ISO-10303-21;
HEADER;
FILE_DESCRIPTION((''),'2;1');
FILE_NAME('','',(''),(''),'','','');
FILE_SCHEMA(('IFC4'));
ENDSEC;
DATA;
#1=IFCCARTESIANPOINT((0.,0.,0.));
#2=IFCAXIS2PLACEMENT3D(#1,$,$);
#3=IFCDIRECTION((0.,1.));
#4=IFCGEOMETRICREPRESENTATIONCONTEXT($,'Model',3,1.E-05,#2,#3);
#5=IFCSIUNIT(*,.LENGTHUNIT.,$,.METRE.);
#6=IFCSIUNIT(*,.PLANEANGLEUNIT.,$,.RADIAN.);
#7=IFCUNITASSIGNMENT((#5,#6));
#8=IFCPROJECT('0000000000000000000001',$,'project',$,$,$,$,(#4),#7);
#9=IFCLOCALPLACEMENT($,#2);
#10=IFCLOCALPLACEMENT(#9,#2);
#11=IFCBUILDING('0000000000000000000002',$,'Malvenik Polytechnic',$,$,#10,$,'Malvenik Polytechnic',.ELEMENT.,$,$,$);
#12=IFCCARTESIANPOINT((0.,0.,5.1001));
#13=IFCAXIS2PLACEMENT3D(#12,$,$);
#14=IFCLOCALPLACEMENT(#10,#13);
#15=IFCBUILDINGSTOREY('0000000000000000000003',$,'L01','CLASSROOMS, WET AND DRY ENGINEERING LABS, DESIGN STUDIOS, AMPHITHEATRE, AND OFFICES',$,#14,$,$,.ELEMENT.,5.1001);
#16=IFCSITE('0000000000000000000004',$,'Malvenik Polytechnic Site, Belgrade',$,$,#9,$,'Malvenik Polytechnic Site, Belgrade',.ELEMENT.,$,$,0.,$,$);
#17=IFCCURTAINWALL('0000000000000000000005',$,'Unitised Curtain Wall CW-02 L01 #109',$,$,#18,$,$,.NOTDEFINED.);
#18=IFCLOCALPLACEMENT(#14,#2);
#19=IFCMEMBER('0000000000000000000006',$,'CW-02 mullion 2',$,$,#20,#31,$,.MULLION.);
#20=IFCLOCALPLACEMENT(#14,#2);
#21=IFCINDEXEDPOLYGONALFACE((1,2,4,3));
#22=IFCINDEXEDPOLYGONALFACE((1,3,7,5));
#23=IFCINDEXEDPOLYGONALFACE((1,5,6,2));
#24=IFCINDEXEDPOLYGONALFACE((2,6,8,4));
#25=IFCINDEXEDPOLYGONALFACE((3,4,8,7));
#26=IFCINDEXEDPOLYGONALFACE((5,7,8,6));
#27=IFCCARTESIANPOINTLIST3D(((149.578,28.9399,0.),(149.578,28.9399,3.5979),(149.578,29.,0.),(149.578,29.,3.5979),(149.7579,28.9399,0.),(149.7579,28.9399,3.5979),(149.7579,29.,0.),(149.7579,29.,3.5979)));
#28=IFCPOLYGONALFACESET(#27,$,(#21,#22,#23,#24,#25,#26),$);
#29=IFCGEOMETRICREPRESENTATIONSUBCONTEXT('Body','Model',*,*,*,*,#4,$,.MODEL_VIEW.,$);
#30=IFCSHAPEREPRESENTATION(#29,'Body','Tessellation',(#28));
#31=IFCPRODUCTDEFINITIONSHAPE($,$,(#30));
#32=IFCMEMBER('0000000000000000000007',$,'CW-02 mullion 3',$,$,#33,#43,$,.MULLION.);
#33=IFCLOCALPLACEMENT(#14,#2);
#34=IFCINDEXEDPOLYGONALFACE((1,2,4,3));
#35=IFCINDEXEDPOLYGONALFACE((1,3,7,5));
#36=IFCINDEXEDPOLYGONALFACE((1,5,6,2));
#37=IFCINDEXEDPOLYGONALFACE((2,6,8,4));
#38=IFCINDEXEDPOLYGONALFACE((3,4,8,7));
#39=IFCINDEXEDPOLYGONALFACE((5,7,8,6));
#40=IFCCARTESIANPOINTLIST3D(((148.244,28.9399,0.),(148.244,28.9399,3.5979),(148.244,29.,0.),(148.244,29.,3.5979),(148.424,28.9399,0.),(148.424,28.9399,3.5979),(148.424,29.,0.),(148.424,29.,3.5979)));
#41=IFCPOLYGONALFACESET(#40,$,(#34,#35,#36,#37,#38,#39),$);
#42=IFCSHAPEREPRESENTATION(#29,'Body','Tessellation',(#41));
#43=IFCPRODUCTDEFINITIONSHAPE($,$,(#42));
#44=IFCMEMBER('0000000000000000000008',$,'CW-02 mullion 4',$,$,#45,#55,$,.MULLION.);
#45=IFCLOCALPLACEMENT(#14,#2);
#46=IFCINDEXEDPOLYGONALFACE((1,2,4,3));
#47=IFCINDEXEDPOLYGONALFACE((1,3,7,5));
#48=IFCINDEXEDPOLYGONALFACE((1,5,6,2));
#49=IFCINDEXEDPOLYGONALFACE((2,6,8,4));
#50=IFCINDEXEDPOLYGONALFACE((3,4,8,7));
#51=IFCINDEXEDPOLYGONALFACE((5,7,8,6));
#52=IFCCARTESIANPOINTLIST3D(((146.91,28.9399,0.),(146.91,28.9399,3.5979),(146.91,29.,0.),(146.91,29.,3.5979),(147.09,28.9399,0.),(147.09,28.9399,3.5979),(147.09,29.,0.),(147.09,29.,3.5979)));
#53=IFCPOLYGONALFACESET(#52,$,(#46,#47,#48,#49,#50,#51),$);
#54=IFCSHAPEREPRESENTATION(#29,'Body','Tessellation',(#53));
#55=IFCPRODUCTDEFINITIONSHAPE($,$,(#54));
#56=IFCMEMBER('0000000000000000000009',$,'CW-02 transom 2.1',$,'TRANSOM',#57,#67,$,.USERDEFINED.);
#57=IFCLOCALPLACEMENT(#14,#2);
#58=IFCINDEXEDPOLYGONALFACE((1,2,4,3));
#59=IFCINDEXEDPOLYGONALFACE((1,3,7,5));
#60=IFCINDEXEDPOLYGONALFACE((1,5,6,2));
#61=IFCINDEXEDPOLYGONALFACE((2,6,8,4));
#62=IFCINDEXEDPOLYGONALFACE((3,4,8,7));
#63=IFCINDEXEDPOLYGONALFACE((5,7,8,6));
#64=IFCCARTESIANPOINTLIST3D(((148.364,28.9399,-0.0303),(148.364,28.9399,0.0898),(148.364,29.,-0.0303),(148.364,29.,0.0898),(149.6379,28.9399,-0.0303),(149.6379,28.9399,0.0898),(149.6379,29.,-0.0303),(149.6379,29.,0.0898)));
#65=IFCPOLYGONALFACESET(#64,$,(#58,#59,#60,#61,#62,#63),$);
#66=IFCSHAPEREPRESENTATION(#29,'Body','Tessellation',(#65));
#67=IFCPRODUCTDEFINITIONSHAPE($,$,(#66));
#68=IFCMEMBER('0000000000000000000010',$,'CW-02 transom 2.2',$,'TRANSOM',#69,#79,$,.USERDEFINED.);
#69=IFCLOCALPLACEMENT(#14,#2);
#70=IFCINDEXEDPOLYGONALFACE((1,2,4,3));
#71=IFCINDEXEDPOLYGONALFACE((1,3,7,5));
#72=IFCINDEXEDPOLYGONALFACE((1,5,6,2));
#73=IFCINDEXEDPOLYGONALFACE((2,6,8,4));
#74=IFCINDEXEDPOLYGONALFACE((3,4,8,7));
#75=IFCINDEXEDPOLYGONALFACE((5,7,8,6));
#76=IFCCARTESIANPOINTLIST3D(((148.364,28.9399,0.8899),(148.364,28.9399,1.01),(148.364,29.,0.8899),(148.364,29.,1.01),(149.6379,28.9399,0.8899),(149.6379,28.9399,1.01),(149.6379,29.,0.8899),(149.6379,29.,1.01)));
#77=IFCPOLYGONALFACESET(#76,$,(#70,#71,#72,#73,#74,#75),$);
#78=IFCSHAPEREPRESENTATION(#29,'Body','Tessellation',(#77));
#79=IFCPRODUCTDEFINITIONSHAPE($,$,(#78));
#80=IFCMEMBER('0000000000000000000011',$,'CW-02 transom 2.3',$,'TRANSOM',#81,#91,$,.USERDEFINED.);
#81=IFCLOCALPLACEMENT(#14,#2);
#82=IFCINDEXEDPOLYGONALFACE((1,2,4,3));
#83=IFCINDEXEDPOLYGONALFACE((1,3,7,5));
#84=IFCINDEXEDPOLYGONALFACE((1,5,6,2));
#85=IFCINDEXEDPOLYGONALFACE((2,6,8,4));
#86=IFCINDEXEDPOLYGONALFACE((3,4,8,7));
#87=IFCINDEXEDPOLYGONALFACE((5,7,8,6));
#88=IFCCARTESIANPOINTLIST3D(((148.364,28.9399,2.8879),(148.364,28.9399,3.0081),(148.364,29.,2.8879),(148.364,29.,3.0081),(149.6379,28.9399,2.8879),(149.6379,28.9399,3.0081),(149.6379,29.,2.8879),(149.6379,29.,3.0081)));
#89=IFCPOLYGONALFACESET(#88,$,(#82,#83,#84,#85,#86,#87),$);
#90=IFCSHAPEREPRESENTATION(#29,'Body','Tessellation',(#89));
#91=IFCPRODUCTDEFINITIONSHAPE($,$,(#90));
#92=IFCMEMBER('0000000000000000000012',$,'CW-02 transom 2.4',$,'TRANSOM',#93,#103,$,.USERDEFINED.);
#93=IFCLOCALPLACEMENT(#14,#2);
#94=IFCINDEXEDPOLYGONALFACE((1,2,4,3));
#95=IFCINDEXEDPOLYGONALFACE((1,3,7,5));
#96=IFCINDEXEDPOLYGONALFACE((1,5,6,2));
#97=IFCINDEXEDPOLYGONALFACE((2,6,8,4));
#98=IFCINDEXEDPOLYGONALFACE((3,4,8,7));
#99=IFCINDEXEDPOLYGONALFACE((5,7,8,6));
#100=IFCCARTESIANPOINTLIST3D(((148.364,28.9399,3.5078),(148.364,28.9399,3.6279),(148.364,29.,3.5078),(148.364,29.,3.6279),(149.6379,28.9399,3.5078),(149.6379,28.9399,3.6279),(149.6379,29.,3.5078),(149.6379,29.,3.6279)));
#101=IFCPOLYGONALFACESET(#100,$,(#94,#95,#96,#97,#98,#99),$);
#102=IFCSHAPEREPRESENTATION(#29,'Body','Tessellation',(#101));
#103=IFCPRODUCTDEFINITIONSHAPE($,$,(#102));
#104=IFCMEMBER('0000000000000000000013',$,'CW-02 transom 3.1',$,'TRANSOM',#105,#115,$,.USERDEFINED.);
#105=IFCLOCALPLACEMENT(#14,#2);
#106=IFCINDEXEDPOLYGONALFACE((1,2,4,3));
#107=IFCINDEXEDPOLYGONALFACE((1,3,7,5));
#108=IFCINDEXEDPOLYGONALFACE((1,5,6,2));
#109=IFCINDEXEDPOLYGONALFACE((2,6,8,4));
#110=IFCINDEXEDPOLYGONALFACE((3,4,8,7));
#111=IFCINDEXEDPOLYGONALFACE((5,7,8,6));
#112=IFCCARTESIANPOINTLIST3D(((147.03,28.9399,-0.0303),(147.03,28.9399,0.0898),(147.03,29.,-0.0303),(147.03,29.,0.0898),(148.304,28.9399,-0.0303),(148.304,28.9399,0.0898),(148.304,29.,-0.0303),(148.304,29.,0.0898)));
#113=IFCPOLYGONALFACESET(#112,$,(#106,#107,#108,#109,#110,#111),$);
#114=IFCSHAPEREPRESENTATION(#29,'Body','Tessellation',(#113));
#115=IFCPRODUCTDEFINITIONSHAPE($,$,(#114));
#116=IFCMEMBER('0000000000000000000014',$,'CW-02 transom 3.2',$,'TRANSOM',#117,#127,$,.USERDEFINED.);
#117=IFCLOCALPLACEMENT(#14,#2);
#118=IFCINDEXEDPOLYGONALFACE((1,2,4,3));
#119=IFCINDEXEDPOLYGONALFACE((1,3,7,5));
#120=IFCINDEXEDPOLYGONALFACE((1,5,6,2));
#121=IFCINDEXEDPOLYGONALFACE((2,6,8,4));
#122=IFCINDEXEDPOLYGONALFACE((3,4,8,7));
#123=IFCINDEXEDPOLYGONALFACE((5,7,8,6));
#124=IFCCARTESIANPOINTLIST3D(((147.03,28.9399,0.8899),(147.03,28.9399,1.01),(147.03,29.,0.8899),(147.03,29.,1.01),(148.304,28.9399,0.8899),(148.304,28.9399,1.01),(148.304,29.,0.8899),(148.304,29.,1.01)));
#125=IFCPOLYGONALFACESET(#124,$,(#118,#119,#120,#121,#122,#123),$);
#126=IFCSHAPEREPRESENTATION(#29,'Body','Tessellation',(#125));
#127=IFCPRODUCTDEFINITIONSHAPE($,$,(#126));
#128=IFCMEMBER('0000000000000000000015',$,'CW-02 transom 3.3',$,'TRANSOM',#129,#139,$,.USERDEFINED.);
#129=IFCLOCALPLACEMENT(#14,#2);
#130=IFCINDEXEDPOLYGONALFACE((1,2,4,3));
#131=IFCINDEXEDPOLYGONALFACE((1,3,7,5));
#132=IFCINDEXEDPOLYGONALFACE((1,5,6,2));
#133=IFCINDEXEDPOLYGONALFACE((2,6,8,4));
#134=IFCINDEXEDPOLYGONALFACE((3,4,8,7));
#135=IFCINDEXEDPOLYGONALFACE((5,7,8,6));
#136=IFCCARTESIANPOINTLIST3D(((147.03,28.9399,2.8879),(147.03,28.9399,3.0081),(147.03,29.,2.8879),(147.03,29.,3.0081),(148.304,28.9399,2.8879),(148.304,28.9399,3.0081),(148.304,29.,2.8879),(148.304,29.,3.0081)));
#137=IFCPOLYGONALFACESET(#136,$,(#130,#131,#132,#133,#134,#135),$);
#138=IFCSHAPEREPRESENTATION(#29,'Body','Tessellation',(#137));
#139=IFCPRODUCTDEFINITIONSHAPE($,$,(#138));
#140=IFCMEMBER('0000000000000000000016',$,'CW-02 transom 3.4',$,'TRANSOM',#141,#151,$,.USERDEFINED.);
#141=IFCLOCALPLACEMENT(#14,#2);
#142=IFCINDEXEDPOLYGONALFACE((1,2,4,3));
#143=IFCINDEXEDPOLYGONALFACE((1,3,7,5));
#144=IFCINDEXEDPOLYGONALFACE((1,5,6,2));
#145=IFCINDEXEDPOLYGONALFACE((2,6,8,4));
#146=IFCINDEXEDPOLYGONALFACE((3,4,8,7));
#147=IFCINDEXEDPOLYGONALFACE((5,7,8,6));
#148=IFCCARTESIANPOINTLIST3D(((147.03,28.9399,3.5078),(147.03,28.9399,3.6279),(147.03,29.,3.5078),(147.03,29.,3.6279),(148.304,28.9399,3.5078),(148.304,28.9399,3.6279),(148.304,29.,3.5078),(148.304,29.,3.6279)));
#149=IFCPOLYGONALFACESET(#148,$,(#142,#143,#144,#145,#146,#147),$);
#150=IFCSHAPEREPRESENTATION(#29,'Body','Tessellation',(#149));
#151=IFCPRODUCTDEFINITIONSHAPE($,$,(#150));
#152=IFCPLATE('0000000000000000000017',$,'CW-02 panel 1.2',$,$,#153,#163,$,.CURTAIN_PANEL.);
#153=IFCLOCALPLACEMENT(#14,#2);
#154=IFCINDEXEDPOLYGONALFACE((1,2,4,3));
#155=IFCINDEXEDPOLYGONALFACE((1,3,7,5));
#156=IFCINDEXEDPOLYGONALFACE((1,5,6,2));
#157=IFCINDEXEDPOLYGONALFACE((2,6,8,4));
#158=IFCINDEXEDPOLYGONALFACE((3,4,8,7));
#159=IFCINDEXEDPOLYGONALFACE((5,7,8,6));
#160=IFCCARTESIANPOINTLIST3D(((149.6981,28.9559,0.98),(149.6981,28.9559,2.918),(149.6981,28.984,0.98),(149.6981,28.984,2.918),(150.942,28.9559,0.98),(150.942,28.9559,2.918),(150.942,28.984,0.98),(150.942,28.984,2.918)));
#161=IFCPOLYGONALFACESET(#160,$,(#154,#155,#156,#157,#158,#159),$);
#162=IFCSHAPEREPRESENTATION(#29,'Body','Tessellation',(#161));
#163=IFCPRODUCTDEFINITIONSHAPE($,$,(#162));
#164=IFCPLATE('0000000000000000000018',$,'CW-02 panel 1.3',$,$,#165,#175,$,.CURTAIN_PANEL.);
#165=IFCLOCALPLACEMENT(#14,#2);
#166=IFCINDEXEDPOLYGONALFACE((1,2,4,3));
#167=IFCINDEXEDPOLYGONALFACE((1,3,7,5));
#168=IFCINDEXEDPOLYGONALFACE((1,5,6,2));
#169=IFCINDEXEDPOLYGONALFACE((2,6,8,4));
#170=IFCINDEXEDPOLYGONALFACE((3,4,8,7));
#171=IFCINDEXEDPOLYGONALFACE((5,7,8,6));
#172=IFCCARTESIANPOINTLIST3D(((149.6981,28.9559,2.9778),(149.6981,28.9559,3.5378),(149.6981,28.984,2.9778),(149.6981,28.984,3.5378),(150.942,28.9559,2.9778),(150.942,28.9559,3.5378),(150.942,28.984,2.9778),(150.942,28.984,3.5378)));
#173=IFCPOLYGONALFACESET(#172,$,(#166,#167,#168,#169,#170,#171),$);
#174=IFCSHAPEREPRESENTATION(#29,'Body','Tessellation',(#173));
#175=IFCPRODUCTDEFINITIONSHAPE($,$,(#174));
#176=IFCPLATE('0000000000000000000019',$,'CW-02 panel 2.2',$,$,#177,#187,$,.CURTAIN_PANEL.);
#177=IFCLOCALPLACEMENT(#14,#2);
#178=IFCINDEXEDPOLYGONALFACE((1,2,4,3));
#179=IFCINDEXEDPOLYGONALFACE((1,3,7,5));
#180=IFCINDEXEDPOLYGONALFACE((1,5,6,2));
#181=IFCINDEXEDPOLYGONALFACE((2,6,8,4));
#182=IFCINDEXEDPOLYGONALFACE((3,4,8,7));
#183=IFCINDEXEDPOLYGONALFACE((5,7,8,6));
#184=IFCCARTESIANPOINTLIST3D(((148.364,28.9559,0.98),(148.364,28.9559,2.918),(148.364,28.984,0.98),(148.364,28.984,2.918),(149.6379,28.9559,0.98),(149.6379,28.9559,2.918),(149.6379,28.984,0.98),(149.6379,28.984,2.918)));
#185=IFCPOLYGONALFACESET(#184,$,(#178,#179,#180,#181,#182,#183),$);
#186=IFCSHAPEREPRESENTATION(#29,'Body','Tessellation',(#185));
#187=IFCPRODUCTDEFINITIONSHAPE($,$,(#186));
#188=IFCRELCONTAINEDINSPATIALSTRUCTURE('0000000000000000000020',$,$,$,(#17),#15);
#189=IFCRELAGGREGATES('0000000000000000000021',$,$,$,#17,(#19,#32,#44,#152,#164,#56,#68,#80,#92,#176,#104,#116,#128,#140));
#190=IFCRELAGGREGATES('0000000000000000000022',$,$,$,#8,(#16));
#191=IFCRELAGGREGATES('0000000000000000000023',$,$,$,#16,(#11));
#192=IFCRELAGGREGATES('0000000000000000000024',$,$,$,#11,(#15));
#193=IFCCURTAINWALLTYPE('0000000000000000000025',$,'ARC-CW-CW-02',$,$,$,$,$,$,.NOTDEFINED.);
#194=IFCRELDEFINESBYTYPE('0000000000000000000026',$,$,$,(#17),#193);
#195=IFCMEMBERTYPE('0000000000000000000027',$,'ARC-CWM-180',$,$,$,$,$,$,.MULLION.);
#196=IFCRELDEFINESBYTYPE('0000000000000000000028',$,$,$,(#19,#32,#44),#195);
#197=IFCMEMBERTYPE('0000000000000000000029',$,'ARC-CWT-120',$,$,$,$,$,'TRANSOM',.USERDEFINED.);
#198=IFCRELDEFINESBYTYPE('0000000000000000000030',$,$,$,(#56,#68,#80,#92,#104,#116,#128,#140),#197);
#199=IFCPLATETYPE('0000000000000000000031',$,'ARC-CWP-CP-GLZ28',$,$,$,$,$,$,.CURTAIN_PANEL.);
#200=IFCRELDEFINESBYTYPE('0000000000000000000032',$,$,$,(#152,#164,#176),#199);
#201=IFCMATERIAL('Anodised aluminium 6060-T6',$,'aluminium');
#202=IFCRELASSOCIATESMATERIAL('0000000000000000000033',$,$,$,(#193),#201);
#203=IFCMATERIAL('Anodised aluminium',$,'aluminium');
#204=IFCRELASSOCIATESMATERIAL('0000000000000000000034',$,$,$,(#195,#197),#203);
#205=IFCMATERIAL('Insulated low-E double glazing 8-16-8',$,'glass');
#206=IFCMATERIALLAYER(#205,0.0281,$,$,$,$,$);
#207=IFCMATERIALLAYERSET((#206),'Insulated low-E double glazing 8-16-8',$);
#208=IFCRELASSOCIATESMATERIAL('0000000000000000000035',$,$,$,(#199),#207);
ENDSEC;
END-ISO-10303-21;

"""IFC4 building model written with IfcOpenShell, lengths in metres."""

from ifc_helpers import new_model, si_unit, direction, frame, origin, origin_2d, place, context, subcontext, project, spatial, rectangle, extrude, material, layer, layer_set, material_profile, profile_set, type_object, element, aggregate, save


model = new_model("IFC4")

# Units and contexts
model_context = context("Model", 3, precision=1e-05, world=origin(), true_north=direction((0.0, 1.0)))
body_context = subcontext(model_context, "Body", "Model", "MODEL_VIEW")
ifc_project = project(units=[si_unit("LENGTHUNIT", "METRE"), si_unit("PLANEANGLEUNIT", "RADIAN")], contexts=[model_context])

# Site, building, storey
site_placement = place(None, origin())
site = spatial("IfcSite", under=ifc_project, at=site_placement, Name="Malvenik Polytechnic Site, Belgrade", LongName="Malvenik Polytechnic Site, Belgrade", CompositionType="ELEMENT", RefElevation=0.0)
building_placement = place(site_placement, origin())
building = spatial("IfcBuilding", under=site, at=building_placement, Name="Malvenik Polytechnic", LongName="Malvenik Polytechnic", CompositionType="ELEMENT")
storey_placement = place(building_placement, frame((0.0, 0.0, 5.1001)))
storey = spatial("IfcBuildingStorey", under=building, at=storey_placement, Name="L01", Description="CLASSROOMS, WET AND DRY ENGINEERING LABS, DESIGN STUDIOS, AMPHITHEATRE, AND OFFICES", CompositionType="ELEMENT", Elevation=5.1001)

# Curtain wall, members, plates
ifc_material_1 = material(Name="Anodised aluminium 6060-T6", Category="aluminium")
curtain_wall_type = type_object("IfcCurtainWallType", Name="ARC-CW-CW-02", PredefinedType="NOTDEFINED", material=ifc_material_1)
curtain_wall_placement = place(storey_placement, origin())
curtain_wall = element("IfcCurtainWall", 1, at=curtain_wall_placement, inside=storey, type_object=curtain_wall_type, Name="Unitised Curtain Wall CW-02 L01 #109", PredefinedType="NOTDEFINED")
ifc_material_2 = material(Name="Anodised aluminium", Category="aluminium")
ifc_material_profile_1 = material_profile(ifc_material_2, rectangle(XDim=0.0601, YDim=0.1799, at=origin_2d()), Name="ALU MULLION 60x180")
ifc_profile_set_1 = profile_set([ifc_material_profile_1], Name="Anodised aluminium")
member_type_1 = type_object("IfcMemberType", Name="ARC-CWM-180", PredefinedType="MULLION", material=ifc_profile_set_1)
member_1_placement = place(storey_placement, frame((149.668, 28.97, 0.0), z_axis=(0.0, 0.0, 1.0), x_axis=(0.0, -1.0, 0.0)))
member_1 = element("IfcMember", 2, at=member_1_placement, type_object=member_type_1, Name="CW-02 mullion 2", PredefinedType="MULLION", context=body_context, shape_type="SweptSolid", body=[
    extrude(rectangle(XDim=0.0601, YDim=0.1799, at=origin_2d()), origin(), (0.0, 0.0, 1.0), 3.5979),
])
member_2_placement = place(storey_placement, frame((148.334, 28.97, 0.0), z_axis=(0.0, 0.0, 1.0), x_axis=(0.0, -1.0, 0.0)))
member_2 = element("IfcMember", 3, at=member_2_placement, type_object=member_type_1, Name="CW-02 mullion 3", PredefinedType="MULLION", context=body_context, shape_type="SweptSolid", body=[
    extrude(rectangle(XDim=0.0601, YDim=0.1799, at=origin_2d()), origin(), (0.0, 0.0, 1.0), 3.5979),
])
member_3_placement = place(storey_placement, frame((147.0, 28.97, 0.0), z_axis=(0.0, 0.0, 1.0), x_axis=(0.0, -1.0, 0.0)))
member_3 = element("IfcMember", 4, at=member_3_placement, type_object=member_type_1, Name="CW-02 mullion 4", PredefinedType="MULLION", context=body_context, shape_type="SweptSolid", body=[
    extrude(rectangle(XDim=0.0601, YDim=0.1799, at=origin_2d()), origin(), (0.0, 0.0, 1.0), 3.5979),
])
ifc_material_profile_2 = material_profile(ifc_material_2, rectangle(XDim=0.0601, YDim=0.1201, at=origin_2d()), Name="ALU TRANSOM 60x120")
ifc_profile_set_2 = profile_set([ifc_material_profile_2], Name="Anodised aluminium")
member_type_2 = type_object("IfcMemberType", Name="ARC-CWT-120", ElementType="TRANSOM", PredefinedType="USERDEFINED", material=ifc_profile_set_2)
member_4_placement = place(storey_placement, frame((149.6379, 28.97, 0.0298), z_axis=(-1.0, 0.0, 0.0), x_axis=(0.0, -1.0, 0.0)))
member_4 = element("IfcMember", 5, at=member_4_placement, type_object=member_type_2, Name="CW-02 transom 2.1", ObjectType="TRANSOM", PredefinedType="USERDEFINED", context=body_context, shape_type="SweptSolid", body=[
    extrude(rectangle(XDim=0.0601, YDim=0.1201, at=origin_2d()), origin(), (0.0, 0.0, 1.0), 1.2739),
])
member_5_placement = place(storey_placement, frame((149.6379, 28.97, 0.95), z_axis=(-1.0, 0.0, 0.0), x_axis=(0.0, -1.0, 0.0)))
member_5 = element("IfcMember", 6, at=member_5_placement, type_object=member_type_2, Name="CW-02 transom 2.2", ObjectType="TRANSOM", PredefinedType="USERDEFINED", context=body_context, shape_type="SweptSolid", body=[
    extrude(rectangle(XDim=0.0601, YDim=0.1201, at=origin_2d()), origin(), (0.0, 0.0, 1.0), 1.2739),
])
member_6_placement = place(storey_placement, frame((149.6379, 28.97, 2.948), z_axis=(-1.0, 0.0, 0.0), x_axis=(0.0, -1.0, 0.0)))
member_6 = element("IfcMember", 7, at=member_6_placement, type_object=member_type_2, Name="CW-02 transom 2.3", ObjectType="TRANSOM", PredefinedType="USERDEFINED", context=body_context, shape_type="SweptSolid", body=[
    extrude(rectangle(XDim=0.0601, YDim=0.1201, at=origin_2d()), origin(), (0.0, 0.0, 1.0), 1.2739),
])
member_7_placement = place(storey_placement, frame((149.6379, 28.97, 3.5679), z_axis=(-1.0, 0.0, 0.0), x_axis=(0.0, -1.0, 0.0)))
member_7 = element("IfcMember", 8, at=member_7_placement, type_object=member_type_2, Name="CW-02 transom 2.4", ObjectType="TRANSOM", PredefinedType="USERDEFINED", context=body_context, shape_type="SweptSolid", body=[
    extrude(rectangle(XDim=0.0601, YDim=0.1201, at=origin_2d()), origin(), (0.0, 0.0, 1.0), 1.2739),
])
member_8_placement = place(storey_placement, frame((148.304, 28.97, 0.0298), z_axis=(-1.0, 0.0, 0.0), x_axis=(0.0, -1.0, 0.0)))
member_8 = element("IfcMember", 9, at=member_8_placement, type_object=member_type_2, Name="CW-02 transom 3.1", ObjectType="TRANSOM", PredefinedType="USERDEFINED", context=body_context, shape_type="SweptSolid", body=[
    extrude(rectangle(XDim=0.0601, YDim=0.1201, at=origin_2d()), origin(), (0.0, 0.0, 1.0), 1.2739),
])
member_9_placement = place(storey_placement, frame((148.304, 28.97, 0.95), z_axis=(-1.0, 0.0, 0.0), x_axis=(0.0, -1.0, 0.0)))
member_9 = element("IfcMember", 10, at=member_9_placement, type_object=member_type_2, Name="CW-02 transom 3.2", ObjectType="TRANSOM", PredefinedType="USERDEFINED", context=body_context, shape_type="SweptSolid", body=[
    extrude(rectangle(XDim=0.0601, YDim=0.1201, at=origin_2d()), origin(), (0.0, 0.0, 1.0), 1.2739),
])
member_10_placement = place(storey_placement, frame((148.304, 28.97, 2.948), z_axis=(-1.0, 0.0, 0.0), x_axis=(0.0, -1.0, 0.0)))
member_10 = element("IfcMember", 11, at=member_10_placement, type_object=member_type_2, Name="CW-02 transom 3.3", ObjectType="TRANSOM", PredefinedType="USERDEFINED", context=body_context, shape_type="SweptSolid", body=[
    extrude(rectangle(XDim=0.0601, YDim=0.1201, at=origin_2d()), origin(), (0.0, 0.0, 1.0), 1.2739),
])
member_11_placement = place(storey_placement, frame((148.304, 28.97, 3.5679), z_axis=(-1.0, 0.0, 0.0), x_axis=(0.0, -1.0, 0.0)))
member_11 = element("IfcMember", 12, at=member_11_placement, type_object=member_type_2, Name="CW-02 transom 3.4", ObjectType="TRANSOM", PredefinedType="USERDEFINED", context=body_context, shape_type="SweptSolid", body=[
    extrude(rectangle(XDim=0.0601, YDim=0.1201, at=origin_2d()), origin(), (0.0, 0.0, 1.0), 1.2739),
])
ifc_material_3 = material(Name="Insulated low-E double glazing 8-16-8", Category="glass")
ifc_layer_1 = layer(ifc_material_3, 0.0281)
ifc_layer_set_1 = layer_set([ifc_layer_1], Name="Insulated low-E double glazing 8-16-8")
plate_type_1 = type_object("IfcPlateType", Name="ARC-CWP-CP-GLZ28", PredefinedType="CURTAIN_PANEL", material=ifc_layer_set_1)
plate_1_placement = place(storey_placement, frame((150.3201, 28.97, 0.98), z_axis=(0.0, 0.0, 1.0), x_axis=(-1.0, 0.0, 0.0)))
plate_1 = element("IfcPlate", 13, at=plate_1_placement, type_object=plate_type_1, Name="CW-02 panel 1.2", PredefinedType="CURTAIN_PANEL", context=body_context, shape_type="SweptSolid", body=[
    extrude(rectangle(XDim=1.2439, YDim=0.0281, at=origin_2d()), origin(), (0.0, 0.0, 1.0), 1.938),
])
plate_2_placement = place(storey_placement, frame((150.3201, 28.97, 2.9778), z_axis=(0.0, 0.0, 1.0), x_axis=(-1.0, 0.0, 0.0)))
plate_2 = element("IfcPlate", 14, at=plate_2_placement, type_object=plate_type_1, Name="CW-02 panel 1.3", PredefinedType="CURTAIN_PANEL", context=body_context, shape_type="SweptSolid", body=[
    extrude(rectangle(XDim=1.2439, YDim=0.0281, at=origin_2d()), origin(), (0.0, 0.0, 1.0), 0.5601),
])
plate_3_placement = place(storey_placement, frame((149.001, 28.97, 0.98), z_axis=(0.0, 0.0, 1.0), x_axis=(-1.0, 0.0, 0.0)))
plate_3 = element("IfcPlate", 15, at=plate_3_placement, type_object=plate_type_1, Name="CW-02 panel 2.2", PredefinedType="CURTAIN_PANEL", context=body_context, shape_type="SweptSolid", body=[
    extrude(rectangle(XDim=1.2739, YDim=0.0281, at=origin_2d()), origin(), (0.0, 0.0, 1.0), 1.938),
])
aggregate(curtain_wall, [member_1, member_2, member_3, plate_1, plate_2, member_4, member_5, member_6, member_7, plate_3, member_8, member_9, member_10, member_11])

save(model, "model.ifc")
